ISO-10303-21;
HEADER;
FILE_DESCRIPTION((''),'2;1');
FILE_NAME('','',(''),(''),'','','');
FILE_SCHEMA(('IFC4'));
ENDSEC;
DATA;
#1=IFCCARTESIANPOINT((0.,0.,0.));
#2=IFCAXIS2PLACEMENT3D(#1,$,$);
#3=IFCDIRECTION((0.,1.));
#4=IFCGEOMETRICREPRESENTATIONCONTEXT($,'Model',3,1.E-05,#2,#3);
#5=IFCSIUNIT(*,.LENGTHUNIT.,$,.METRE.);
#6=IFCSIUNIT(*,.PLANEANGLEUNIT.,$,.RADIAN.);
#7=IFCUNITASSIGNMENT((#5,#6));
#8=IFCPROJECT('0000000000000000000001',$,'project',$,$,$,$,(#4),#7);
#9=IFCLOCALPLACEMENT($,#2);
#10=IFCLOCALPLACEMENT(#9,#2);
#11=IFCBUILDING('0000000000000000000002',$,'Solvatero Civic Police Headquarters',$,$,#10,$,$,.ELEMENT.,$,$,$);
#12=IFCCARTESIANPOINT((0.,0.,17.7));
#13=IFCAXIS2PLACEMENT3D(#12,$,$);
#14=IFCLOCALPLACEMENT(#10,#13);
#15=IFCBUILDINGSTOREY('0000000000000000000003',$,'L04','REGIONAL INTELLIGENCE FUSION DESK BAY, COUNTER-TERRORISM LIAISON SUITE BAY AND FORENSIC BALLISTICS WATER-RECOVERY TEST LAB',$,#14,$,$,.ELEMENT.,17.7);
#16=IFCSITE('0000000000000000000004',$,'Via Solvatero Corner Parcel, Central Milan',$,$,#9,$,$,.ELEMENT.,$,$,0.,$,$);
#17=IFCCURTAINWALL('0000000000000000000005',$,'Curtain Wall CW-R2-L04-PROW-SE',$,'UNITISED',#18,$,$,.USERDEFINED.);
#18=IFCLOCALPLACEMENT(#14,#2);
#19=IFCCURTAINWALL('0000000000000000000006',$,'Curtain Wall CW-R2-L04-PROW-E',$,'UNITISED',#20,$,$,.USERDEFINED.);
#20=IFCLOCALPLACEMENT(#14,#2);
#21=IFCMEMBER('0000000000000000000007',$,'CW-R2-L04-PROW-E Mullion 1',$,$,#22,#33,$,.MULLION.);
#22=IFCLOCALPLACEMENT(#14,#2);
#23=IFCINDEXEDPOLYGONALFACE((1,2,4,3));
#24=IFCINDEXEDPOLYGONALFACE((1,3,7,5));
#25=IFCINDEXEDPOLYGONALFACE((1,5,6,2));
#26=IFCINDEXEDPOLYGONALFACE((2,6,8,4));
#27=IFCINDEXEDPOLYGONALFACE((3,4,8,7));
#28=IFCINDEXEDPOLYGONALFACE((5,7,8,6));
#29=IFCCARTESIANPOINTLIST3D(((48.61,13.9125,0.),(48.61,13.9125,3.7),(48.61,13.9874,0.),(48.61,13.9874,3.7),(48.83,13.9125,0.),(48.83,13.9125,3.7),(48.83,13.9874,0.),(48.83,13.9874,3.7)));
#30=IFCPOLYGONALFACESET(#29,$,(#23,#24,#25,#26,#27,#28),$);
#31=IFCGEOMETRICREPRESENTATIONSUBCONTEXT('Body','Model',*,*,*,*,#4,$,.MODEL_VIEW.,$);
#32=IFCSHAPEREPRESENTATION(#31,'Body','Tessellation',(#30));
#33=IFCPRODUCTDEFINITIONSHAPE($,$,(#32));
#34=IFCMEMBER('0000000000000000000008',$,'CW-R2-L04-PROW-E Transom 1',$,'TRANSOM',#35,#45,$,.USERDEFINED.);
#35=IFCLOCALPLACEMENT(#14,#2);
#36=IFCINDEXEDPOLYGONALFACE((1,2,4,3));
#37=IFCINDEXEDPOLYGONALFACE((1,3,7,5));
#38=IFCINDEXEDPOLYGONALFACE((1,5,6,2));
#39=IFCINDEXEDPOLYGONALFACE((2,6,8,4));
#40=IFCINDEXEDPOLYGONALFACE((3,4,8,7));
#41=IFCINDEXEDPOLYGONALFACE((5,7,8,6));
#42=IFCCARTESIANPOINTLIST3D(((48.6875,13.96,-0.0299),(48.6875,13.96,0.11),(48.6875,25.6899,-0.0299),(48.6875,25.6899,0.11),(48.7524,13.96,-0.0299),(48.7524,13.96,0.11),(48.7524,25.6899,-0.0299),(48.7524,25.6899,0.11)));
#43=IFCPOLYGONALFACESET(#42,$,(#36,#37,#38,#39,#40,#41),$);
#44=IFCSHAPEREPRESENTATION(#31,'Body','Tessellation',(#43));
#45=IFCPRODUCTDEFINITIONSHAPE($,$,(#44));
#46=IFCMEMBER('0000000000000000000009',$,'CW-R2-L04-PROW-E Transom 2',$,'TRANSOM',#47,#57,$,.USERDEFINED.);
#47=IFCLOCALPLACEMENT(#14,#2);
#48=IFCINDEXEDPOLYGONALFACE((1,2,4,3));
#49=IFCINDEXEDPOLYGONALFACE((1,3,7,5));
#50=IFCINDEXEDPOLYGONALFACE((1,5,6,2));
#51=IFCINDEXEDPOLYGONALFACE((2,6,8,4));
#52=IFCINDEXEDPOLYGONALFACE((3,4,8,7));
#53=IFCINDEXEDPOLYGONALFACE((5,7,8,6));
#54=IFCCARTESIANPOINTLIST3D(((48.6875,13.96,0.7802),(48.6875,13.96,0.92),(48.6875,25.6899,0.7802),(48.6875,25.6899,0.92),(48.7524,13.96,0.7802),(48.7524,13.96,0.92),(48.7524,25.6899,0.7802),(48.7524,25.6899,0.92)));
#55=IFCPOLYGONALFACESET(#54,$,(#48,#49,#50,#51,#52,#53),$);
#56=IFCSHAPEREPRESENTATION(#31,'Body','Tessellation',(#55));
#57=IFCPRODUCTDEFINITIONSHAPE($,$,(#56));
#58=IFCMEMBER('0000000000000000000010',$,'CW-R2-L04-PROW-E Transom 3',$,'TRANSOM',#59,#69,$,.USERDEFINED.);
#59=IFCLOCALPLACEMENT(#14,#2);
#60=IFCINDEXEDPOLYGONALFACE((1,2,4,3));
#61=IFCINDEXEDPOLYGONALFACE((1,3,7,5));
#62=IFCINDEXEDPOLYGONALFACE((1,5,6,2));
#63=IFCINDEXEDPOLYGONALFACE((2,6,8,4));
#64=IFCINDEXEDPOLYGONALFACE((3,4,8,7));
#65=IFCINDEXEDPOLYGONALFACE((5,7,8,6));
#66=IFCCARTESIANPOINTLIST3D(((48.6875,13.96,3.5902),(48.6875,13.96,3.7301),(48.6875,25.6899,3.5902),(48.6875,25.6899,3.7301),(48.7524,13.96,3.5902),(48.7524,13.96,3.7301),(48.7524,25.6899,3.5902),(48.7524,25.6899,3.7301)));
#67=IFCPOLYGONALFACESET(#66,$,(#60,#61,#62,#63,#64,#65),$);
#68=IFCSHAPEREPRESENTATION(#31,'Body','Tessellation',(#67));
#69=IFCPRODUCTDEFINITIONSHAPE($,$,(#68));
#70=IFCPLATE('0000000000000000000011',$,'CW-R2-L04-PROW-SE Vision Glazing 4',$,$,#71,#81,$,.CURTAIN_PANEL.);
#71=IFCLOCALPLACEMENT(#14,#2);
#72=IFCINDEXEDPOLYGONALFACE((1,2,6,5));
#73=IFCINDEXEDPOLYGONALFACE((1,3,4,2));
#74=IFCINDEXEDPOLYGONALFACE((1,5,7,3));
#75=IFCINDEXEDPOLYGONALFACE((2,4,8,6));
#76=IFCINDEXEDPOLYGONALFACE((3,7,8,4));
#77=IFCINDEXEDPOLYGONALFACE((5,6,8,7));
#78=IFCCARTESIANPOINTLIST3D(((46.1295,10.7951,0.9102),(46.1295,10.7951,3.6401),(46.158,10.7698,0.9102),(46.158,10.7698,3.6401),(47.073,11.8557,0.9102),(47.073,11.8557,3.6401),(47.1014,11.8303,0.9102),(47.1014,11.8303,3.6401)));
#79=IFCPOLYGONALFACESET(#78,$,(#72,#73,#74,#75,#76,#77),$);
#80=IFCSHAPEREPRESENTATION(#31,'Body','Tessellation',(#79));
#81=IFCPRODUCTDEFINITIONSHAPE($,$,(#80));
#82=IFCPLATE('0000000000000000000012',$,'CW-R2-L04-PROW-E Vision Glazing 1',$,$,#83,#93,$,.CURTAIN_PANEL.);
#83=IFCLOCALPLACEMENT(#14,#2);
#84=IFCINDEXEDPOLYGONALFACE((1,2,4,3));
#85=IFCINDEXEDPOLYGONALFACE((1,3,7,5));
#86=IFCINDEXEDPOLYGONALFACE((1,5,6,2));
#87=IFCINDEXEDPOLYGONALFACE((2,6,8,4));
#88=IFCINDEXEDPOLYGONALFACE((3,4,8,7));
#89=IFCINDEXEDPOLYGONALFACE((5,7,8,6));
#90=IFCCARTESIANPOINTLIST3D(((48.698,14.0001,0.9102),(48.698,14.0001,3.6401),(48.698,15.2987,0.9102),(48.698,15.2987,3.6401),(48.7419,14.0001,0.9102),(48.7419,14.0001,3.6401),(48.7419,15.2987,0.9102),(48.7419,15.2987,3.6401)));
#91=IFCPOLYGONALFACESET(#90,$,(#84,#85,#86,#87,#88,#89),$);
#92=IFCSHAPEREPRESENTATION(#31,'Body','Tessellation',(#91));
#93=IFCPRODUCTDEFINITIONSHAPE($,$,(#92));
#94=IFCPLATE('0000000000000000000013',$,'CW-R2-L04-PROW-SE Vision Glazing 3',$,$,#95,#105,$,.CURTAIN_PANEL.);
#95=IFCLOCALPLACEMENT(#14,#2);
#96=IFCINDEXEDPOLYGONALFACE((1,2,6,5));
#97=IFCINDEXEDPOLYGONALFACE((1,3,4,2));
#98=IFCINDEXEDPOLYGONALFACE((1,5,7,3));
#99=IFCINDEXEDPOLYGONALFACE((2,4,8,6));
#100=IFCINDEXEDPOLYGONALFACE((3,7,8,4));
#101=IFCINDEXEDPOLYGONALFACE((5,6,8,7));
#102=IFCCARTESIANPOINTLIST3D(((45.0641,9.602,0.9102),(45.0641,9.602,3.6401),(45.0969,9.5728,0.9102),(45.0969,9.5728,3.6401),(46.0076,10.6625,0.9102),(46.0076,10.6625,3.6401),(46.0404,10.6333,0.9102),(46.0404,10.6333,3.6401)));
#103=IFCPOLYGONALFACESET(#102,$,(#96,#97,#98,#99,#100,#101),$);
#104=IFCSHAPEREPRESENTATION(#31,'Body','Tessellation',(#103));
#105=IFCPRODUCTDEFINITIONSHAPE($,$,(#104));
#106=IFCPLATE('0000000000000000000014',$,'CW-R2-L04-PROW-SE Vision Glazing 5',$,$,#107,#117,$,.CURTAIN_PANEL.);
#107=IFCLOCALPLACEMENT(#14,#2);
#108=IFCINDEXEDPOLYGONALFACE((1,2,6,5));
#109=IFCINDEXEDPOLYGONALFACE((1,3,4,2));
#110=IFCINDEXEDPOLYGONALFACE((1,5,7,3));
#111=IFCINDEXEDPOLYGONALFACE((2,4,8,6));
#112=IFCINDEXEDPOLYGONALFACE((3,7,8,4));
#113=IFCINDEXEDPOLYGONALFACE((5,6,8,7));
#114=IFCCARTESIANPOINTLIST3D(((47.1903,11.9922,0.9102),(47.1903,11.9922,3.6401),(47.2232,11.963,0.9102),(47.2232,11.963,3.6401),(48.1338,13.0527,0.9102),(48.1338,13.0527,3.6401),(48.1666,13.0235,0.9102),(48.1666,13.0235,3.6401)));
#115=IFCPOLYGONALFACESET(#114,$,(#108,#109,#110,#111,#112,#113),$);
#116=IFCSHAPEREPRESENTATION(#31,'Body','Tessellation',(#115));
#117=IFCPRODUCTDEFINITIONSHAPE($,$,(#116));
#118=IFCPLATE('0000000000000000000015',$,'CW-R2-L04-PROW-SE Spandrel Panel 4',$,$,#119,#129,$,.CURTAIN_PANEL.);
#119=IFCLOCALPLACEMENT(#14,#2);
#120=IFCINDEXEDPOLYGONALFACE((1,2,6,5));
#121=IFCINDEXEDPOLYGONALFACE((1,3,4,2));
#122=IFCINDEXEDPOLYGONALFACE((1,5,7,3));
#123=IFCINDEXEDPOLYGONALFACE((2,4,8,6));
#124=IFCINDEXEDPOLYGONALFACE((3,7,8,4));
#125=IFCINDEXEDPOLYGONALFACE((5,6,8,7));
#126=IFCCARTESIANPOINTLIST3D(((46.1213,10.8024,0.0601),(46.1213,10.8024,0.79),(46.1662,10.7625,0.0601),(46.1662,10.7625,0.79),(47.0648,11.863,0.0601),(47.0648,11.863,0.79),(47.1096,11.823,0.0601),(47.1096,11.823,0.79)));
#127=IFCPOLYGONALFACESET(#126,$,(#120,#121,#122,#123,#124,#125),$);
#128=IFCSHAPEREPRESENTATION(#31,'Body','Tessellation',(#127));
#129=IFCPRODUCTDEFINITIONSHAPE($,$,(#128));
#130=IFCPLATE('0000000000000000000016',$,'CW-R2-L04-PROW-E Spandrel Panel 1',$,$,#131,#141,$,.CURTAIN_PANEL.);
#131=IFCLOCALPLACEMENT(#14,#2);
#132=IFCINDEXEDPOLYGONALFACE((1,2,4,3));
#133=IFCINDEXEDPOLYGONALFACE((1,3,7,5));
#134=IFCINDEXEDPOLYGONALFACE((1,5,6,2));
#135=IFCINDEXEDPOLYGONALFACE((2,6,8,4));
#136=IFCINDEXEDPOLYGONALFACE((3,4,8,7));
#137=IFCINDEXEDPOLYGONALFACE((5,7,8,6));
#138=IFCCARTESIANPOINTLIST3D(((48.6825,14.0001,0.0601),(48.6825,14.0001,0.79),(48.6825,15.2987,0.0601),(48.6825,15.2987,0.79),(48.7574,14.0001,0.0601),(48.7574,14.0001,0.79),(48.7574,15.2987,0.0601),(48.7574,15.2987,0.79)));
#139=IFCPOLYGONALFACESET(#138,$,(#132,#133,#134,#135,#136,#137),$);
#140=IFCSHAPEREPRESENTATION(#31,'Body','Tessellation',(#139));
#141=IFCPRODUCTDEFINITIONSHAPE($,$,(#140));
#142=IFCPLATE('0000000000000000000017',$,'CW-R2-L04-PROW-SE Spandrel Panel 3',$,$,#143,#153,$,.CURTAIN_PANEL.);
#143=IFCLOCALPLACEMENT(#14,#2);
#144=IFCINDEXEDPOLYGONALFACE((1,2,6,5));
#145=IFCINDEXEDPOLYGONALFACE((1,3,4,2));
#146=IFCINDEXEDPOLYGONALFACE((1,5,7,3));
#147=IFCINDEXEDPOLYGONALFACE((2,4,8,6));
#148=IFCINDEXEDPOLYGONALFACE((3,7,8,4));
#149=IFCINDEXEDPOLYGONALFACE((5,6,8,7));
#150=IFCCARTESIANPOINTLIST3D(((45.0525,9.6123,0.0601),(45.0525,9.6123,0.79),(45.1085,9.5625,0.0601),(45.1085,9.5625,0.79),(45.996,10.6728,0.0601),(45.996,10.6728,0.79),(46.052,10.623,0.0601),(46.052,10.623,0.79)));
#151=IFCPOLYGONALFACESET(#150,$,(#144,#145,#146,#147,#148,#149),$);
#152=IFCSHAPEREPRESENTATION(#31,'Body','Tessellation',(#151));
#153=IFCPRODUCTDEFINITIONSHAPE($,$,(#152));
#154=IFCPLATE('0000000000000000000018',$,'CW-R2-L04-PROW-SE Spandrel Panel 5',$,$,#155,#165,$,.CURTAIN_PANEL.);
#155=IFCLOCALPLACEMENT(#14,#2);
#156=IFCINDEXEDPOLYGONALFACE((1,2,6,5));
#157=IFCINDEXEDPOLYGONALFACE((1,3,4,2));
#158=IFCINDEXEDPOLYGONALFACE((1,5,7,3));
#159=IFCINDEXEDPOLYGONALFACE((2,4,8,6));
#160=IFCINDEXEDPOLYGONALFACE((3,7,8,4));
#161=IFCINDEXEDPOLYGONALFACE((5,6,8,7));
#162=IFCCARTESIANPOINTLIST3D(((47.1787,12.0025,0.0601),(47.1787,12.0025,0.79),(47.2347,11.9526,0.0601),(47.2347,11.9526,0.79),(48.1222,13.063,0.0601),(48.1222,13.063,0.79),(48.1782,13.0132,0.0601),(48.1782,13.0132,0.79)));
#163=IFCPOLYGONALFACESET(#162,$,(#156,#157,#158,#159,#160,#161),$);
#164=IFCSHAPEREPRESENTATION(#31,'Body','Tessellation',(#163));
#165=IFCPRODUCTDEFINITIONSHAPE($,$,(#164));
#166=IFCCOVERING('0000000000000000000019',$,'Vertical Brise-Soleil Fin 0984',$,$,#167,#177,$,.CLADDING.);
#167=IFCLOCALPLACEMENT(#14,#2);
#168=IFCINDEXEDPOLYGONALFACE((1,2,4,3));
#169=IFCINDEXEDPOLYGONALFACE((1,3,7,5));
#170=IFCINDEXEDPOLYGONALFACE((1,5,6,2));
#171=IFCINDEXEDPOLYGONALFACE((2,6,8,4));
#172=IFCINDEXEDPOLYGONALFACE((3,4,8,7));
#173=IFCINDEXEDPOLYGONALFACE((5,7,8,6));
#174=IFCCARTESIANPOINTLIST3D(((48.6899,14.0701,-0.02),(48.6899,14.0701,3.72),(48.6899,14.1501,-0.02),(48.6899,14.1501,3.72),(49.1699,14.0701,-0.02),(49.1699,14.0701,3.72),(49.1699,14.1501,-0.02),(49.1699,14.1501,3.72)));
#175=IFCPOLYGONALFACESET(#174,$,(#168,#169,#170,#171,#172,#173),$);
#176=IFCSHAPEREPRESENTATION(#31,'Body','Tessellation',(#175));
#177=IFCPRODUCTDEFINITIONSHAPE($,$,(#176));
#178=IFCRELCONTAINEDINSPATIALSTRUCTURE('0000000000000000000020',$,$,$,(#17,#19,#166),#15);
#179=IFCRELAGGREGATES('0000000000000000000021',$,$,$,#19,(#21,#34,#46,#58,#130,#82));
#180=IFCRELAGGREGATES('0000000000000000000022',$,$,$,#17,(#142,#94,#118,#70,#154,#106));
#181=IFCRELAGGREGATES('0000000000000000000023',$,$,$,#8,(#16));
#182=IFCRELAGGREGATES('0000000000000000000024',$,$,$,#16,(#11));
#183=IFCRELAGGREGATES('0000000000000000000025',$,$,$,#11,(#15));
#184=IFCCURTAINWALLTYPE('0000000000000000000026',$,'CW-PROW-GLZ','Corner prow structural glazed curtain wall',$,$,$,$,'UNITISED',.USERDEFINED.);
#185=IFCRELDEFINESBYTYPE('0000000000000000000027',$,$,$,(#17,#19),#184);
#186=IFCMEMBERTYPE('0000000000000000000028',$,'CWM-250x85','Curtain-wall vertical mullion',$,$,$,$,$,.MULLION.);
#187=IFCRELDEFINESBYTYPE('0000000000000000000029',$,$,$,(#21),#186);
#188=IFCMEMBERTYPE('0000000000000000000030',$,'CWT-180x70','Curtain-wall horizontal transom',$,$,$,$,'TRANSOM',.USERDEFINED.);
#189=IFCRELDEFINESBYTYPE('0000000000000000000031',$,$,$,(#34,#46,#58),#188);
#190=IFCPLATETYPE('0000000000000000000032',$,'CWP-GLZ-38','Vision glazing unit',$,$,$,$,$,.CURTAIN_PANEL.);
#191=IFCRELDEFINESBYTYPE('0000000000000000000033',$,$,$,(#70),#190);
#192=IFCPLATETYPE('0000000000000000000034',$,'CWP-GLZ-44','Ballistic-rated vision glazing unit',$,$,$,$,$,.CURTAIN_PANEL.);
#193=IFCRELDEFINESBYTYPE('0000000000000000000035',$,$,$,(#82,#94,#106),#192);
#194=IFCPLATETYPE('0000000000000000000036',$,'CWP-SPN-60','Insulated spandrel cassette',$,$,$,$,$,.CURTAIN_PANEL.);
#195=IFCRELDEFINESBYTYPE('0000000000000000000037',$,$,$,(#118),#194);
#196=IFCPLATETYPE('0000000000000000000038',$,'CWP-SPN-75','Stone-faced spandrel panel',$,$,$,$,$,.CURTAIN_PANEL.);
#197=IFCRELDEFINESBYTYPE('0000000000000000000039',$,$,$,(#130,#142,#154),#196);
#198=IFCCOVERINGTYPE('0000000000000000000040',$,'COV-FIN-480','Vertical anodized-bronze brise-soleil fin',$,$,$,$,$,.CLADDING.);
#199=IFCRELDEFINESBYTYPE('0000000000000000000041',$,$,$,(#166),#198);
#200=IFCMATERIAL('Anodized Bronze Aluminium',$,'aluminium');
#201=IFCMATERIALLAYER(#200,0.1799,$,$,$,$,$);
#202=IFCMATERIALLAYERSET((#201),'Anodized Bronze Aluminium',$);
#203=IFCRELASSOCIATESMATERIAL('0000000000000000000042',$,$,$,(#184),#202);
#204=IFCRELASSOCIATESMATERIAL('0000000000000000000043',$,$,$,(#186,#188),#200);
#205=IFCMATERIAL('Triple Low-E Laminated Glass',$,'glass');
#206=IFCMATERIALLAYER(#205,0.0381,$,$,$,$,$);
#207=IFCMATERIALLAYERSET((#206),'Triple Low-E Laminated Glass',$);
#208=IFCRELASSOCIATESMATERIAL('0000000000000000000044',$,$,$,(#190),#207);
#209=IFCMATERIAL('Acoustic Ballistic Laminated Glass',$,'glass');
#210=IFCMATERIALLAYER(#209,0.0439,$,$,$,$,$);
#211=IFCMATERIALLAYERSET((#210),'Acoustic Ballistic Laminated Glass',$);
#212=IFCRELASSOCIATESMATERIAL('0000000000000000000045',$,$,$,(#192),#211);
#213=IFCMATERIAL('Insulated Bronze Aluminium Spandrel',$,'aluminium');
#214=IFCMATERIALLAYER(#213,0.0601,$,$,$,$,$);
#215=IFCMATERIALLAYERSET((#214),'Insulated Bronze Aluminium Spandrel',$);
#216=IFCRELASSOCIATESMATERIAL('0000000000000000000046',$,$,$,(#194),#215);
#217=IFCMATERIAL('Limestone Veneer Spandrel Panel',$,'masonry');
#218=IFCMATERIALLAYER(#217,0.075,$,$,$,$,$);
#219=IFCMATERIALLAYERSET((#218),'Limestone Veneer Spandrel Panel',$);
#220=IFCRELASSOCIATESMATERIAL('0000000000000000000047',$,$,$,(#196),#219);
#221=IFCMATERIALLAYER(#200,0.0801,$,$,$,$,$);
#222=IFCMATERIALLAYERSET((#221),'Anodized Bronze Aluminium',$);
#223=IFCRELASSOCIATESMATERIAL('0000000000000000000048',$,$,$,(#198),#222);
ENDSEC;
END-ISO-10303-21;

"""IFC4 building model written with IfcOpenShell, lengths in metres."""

from ifc_helpers import new_model, si_unit, direction, frame, origin, origin_2d, place, context, subcontext, project, spatial, rectangle, extrude, material, layer, layer_set, material_profile, profile_set, type_object, element, aggregate, save


model = new_model("IFC4")

# Units and contexts
model_context = context("Model", 3, precision=1e-05, world=origin(), true_north=direction((0.0, 1.0)))
body_context = subcontext(model_context, "Body", "Model", "MODEL_VIEW")
ifc_project = project(units=[si_unit("LENGTHUNIT", "METRE"), si_unit("PLANEANGLEUNIT", "RADIAN")], contexts=[model_context])

# Site, building, storey
site_placement = place(None, origin())
site = spatial("IfcSite", under=ifc_project, at=site_placement, Name="Via Solvatero Corner Parcel, Central Milan", CompositionType="ELEMENT", RefElevation=0.0)
building_placement = place(site_placement, origin())
building = spatial("IfcBuilding", under=site, at=building_placement, Name="Solvatero Civic Police Headquarters", CompositionType="ELEMENT")
storey_placement = place(building_placement, frame((0.0, 0.0, 17.7)))
storey = spatial("IfcBuildingStorey", under=building, at=storey_placement, Name="L04", Description="REGIONAL INTELLIGENCE FUSION DESK BAY, COUNTER-TERRORISM LIAISON SUITE BAY AND FORENSIC BALLISTICS WATER-RECOVERY TEST LAB", CompositionType="ELEMENT", Elevation=17.7)

# Curtain walls, members
ifc_material_1 = material(Name="Anodized Bronze Aluminium", Category="aluminium")
ifc_layer_1 = layer(ifc_material_1, 0.1799)
ifc_layer_set_1 = layer_set([ifc_layer_1], Name="Anodized Bronze Aluminium")
curtain_wall_type = type_object("IfcCurtainWallType", Name="CW-PROW-GLZ", Description="Corner prow structural glazed curtain wall", ElementType="UNITISED", PredefinedType="USERDEFINED", material=ifc_layer_set_1)
curtain_wall_1_placement = place(storey_placement, origin())
curtain_wall_1 = element("IfcCurtainWall", 1, at=curtain_wall_1_placement, inside=storey, type_object=curtain_wall_type, Name="Curtain Wall CW-R2-L04-PROW-SE", ObjectType="UNITISED", PredefinedType="USERDEFINED")
curtain_wall_2_placement = place(storey_placement, origin())
curtain_wall_2 = element("IfcCurtainWall", 2, at=curtain_wall_2_placement, inside=storey, type_object=curtain_wall_type, Name="Curtain Wall CW-R2-L04-PROW-E", ObjectType="UNITISED", PredefinedType="USERDEFINED")
ifc_material_profile_1 = material_profile(ifc_material_1, rectangle(XDim=0.075, YDim=0.22, at=origin_2d()), Name="ALU MULLION 75x220")
ifc_profile_set_1 = profile_set([ifc_material_profile_1], Name="Anodized Bronze Aluminium")
member_type_1 = type_object("IfcMemberType", Name="CWM-250x85", Description="Curtain-wall vertical mullion", PredefinedType="MULLION", material=ifc_profile_set_1)
member_1_placement = place(storey_placement, frame((48.72, 13.95, 0.0), z_axis=(0.0, 0.0, 1.0), x_axis=(0.0, 1.0, 0.0)))
member_1 = element("IfcMember", 3, at=member_1_placement, type_object=member_type_1, Name="CW-R2-L04-PROW-E Mullion 1", PredefinedType="MULLION", context=body_context, shape_type="SweptSolid", body=[
    extrude(rectangle(XDim=0.075, YDim=0.22, at=origin_2d()), origin(), (0.0, 0.0, 1.0), 3.7),
])
ifc_material_profile_2 = material_profile(ifc_material_1, rectangle(XDim=0.0649, YDim=0.1399, at=origin_2d()), Name="ALU TRANSOM 65x140")
ifc_profile_set_2 = profile_set([ifc_material_profile_2], Name="Anodized Bronze Aluminium")
member_type_2 = type_object("IfcMemberType", Name="CWT-180x70", Description="Curtain-wall horizontal transom", ElementType="TRANSOM", PredefinedType="USERDEFINED", material=ifc_profile_set_2)
member_2_placement = place(storey_placement, frame((48.72, 13.96, 0.04), z_axis=(0.0, 1.0, 0.0), x_axis=(-1.0, 0.0, 0.0)))
member_2 = element("IfcMember", 4, at=member_2_placement, type_object=member_type_2, Name="CW-R2-L04-PROW-E Transom 1", ObjectType="TRANSOM", PredefinedType="USERDEFINED", context=body_context, shape_type="SweptSolid", body=[
    extrude(rectangle(XDim=0.0649, YDim=0.1399, at=origin_2d()), origin(), (0.0, 0.0, 1.0), 11.73),
])
member_3_placement = place(storey_placement, frame((48.72, 13.96, 0.8501), z_axis=(0.0, 1.0, 0.0), x_axis=(-1.0, 0.0, 0.0)))
member_3 = element("IfcMember", 5, at=member_3_placement, type_object=member_type_2, Name="CW-R2-L04-PROW-E Transom 2", ObjectType="TRANSOM", PredefinedType="USERDEFINED", context=body_context, shape_type="SweptSolid", body=[
    extrude(rectangle(XDim=0.0649, YDim=0.1399, at=origin_2d()), origin(), (0.0, 0.0, 1.0), 11.73),
])
member_4_placement = place(storey_placement, frame((48.72, 13.96, 3.6602), z_axis=(0.0, 1.0, 0.0), x_axis=(-1.0, 0.0, 0.0)))
member_4 = element("IfcMember", 6, at=member_4_placement, type_object=member_type_2, Name="CW-R2-L04-PROW-E Transom 3", ObjectType="TRANSOM", PredefinedType="USERDEFINED", context=body_context, shape_type="SweptSolid", body=[
    extrude(rectangle(XDim=0.0649, YDim=0.1399, at=origin_2d()), origin(), (0.0, 0.0, 1.0), 11.73),
])

# Plates
ifc_material_2 = material(Name="Triple Low-E Laminated Glass", Category="glass")
ifc_layer_2 = layer(ifc_material_2, 0.0381)
ifc_layer_set_2 = layer_set([ifc_layer_2], Name="Triple Low-E Laminated Glass")
plate_type_1 = type_object("IfcPlateType", Name="CWP-GLZ-38", Description="Vision glazing unit", PredefinedType="CURTAIN_PANEL", material=ifc_layer_set_2)
plate_1_placement = place(storey_placement, frame((46.6155, 11.3127, 0.9102), z_axis=(0.0, 0.0, 1.0), x_axis=(0.66467, 0.747137, 0.0)))
plate_1 = element("IfcPlate", 7, at=plate_1_placement, type_object=plate_type_1, Name="CW-R2-L04-PROW-SE Vision Glazing 4", PredefinedType="CURTAIN_PANEL", context=body_context, shape_type="SweptSolid", body=[
    extrude(rectangle(XDim=1.4194, YDim=0.0381, at=origin_2d()), origin(), (0.0, 0.0, 1.0), 2.73),
])
ifc_material_3 = material(Name="Acoustic Ballistic Laminated Glass", Category="glass")
ifc_layer_3 = layer(ifc_material_3, 0.0439)
ifc_layer_set_3 = layer_set([ifc_layer_3], Name="Acoustic Ballistic Laminated Glass")
plate_type_2 = type_object("IfcPlateType", Name="CWP-GLZ-44", Description="Ballistic-rated vision glazing unit", PredefinedType="CURTAIN_PANEL", material=ifc_layer_set_3)
plate_2_placement = place(storey_placement, frame((48.72, 14.6494, 0.9102), z_axis=(0.0, 0.0, 1.0), x_axis=(0.0, 1.0, 0.0)))
plate_2 = element("IfcPlate", 8, at=plate_2_placement, type_object=plate_type_2, Name="CW-R2-L04-PROW-E Vision Glazing 1", PredefinedType="CURTAIN_PANEL", context=body_context, shape_type="SweptSolid", body=[
    extrude(rectangle(XDim=1.2986, YDim=0.0439, at=origin_2d()), origin(), (0.0, 0.0, 1.0), 2.73),
])
plate_3_placement = place(storey_placement, frame((45.5522, 10.1177, 0.9102), z_axis=(0.0, 0.0, 1.0), x_axis=(0.66467, 0.747137, 0.0)))
plate_3 = element("IfcPlate", 9, at=plate_3_placement, type_object=plate_type_2, Name="CW-R2-L04-PROW-SE Vision Glazing 3", PredefinedType="CURTAIN_PANEL", context=body_context, shape_type="SweptSolid", body=[
    extrude(rectangle(XDim=1.4194, YDim=0.0439, at=origin_2d()), origin(), (0.0, 0.0, 1.0), 2.73),
])
plate_4_placement = place(storey_placement, frame((47.6785, 12.5078, 0.9102), z_axis=(0.0, 0.0, 1.0), x_axis=(0.66467, 0.747137, 0.0)))
plate_4 = element("IfcPlate", 10, at=plate_4_placement, type_object=plate_type_2, Name="CW-R2-L04-PROW-SE Vision Glazing 5", PredefinedType="CURTAIN_PANEL", context=body_context, shape_type="SweptSolid", body=[
    extrude(rectangle(XDim=1.4194, YDim=0.0439, at=origin_2d()), origin(), (0.0, 0.0, 1.0), 2.73),
])
ifc_material_4 = material(Name="Insulated Bronze Aluminium Spandrel", Category="aluminium")
ifc_layer_4 = layer(ifc_material_4, 0.0601)
ifc_layer_set_4 = layer_set([ifc_layer_4], Name="Insulated Bronze Aluminium Spandrel")
plate_type_3 = type_object("IfcPlateType", Name="CWP-SPN-60", Description="Insulated spandrel cassette", PredefinedType="CURTAIN_PANEL", material=ifc_layer_set_4)
plate_5_placement = place(storey_placement, frame((46.6155, 11.3127, 0.0601), z_axis=(0.0, 0.0, 1.0), x_axis=(0.66467, 0.747137, 0.0)))
plate_5 = element("IfcPlate", 11, at=plate_5_placement, type_object=plate_type_3, Name="CW-R2-L04-PROW-SE Spandrel Panel 4", PredefinedType="CURTAIN_PANEL", context=body_context, shape_type="SweptSolid", body=[
    extrude(rectangle(XDim=1.4194, YDim=0.0601, at=origin_2d()), origin(), (0.0, 0.0, 1.0), 0.73),
])
ifc_material_5 = material(Name="Limestone Veneer Spandrel Panel", Category="masonry")
ifc_layer_5 = layer(ifc_material_5, 0.075)
ifc_layer_set_5 = layer_set([ifc_layer_5], Name="Limestone Veneer Spandrel Panel")
plate_type_4 = type_object("IfcPlateType", Name="CWP-SPN-75", Description="Stone-faced spandrel panel", PredefinedType="CURTAIN_PANEL", material=ifc_layer_set_5)
plate_6_placement = place(storey_placement, frame((48.72, 14.6494, 0.0601), z_axis=(0.0, 0.0, 1.0), x_axis=(0.0, 1.0, 0.0)))
plate_6 = element("IfcPlate", 12, at=plate_6_placement, type_object=plate_type_4, Name="CW-R2-L04-PROW-E Spandrel Panel 1", PredefinedType="CURTAIN_PANEL", context=body_context, shape_type="SweptSolid", body=[
    extrude(rectangle(XDim=1.2986, YDim=0.075, at=origin_2d()), origin(), (0.0, 0.0, 1.0), 0.73),
])
aggregate(curtain_wall_2, [member_1, member_2, member_3, member_4, plate_6, plate_2])
plate_7_placement = place(storey_placement, frame((45.5522, 10.1177, 0.0601), z_axis=(0.0, 0.0, 1.0), x_axis=(0.66467, 0.747137, 0.0)))
plate_7 = element("IfcPlate", 13, at=plate_7_placement, type_object=plate_type_4, Name="CW-R2-L04-PROW-SE Spandrel Panel 3", PredefinedType="CURTAIN_PANEL", context=body_context, shape_type="SweptSolid", body=[
    extrude(rectangle(XDim=1.4194, YDim=0.075, at=origin_2d()), origin(), (0.0, 0.0, 1.0), 0.73),
])
plate_8_placement = place(storey_placement, frame((47.6785, 12.5078, 0.0601), z_axis=(0.0, 0.0, 1.0), x_axis=(0.66467, 0.747137, 0.0)))
plate_8 = element("IfcPlate", 14, at=plate_8_placement, type_object=plate_type_4, Name="CW-R2-L04-PROW-SE Spandrel Panel 5", PredefinedType="CURTAIN_PANEL", context=body_context, shape_type="SweptSolid", body=[
    extrude(rectangle(XDim=1.4194, YDim=0.075, at=origin_2d()), origin(), (0.0, 0.0, 1.0), 0.73),
])
aggregate(curtain_wall_1, [plate_7, plate_3, plate_5, plate_1, plate_8, plate_4])

# Covering
ifc_layer_6 = layer(ifc_material_1, 0.0801)
ifc_layer_set_6 = layer_set([ifc_layer_6], Name="Anodized Bronze Aluminium")
covering_type = type_object("IfcCoveringType", Name="COV-FIN-480", Description="Vertical anodized-bronze brise-soleil fin", PredefinedType="CLADDING", material=ifc_layer_set_6)
covering_placement = place(storey_placement, frame((48.9299, 14.1101, -0.02), z_axis=(0.0, 0.0, 1.0), x_axis=(0.0, 1.0, 0.0)))
element("IfcCovering", 15, at=covering_placement, inside=storey, type_object=covering_type, Name="Vertical Brise-Soleil Fin 0984", PredefinedType="CLADDING", context=body_context, shape_type="SweptSolid", body=[
    extrude(rectangle(XDim=0.0801, YDim=0.48, at=origin_2d()), origin(), (0.0, 0.0, 1.0), 3.74),
])

save(model, "model.ifc")
